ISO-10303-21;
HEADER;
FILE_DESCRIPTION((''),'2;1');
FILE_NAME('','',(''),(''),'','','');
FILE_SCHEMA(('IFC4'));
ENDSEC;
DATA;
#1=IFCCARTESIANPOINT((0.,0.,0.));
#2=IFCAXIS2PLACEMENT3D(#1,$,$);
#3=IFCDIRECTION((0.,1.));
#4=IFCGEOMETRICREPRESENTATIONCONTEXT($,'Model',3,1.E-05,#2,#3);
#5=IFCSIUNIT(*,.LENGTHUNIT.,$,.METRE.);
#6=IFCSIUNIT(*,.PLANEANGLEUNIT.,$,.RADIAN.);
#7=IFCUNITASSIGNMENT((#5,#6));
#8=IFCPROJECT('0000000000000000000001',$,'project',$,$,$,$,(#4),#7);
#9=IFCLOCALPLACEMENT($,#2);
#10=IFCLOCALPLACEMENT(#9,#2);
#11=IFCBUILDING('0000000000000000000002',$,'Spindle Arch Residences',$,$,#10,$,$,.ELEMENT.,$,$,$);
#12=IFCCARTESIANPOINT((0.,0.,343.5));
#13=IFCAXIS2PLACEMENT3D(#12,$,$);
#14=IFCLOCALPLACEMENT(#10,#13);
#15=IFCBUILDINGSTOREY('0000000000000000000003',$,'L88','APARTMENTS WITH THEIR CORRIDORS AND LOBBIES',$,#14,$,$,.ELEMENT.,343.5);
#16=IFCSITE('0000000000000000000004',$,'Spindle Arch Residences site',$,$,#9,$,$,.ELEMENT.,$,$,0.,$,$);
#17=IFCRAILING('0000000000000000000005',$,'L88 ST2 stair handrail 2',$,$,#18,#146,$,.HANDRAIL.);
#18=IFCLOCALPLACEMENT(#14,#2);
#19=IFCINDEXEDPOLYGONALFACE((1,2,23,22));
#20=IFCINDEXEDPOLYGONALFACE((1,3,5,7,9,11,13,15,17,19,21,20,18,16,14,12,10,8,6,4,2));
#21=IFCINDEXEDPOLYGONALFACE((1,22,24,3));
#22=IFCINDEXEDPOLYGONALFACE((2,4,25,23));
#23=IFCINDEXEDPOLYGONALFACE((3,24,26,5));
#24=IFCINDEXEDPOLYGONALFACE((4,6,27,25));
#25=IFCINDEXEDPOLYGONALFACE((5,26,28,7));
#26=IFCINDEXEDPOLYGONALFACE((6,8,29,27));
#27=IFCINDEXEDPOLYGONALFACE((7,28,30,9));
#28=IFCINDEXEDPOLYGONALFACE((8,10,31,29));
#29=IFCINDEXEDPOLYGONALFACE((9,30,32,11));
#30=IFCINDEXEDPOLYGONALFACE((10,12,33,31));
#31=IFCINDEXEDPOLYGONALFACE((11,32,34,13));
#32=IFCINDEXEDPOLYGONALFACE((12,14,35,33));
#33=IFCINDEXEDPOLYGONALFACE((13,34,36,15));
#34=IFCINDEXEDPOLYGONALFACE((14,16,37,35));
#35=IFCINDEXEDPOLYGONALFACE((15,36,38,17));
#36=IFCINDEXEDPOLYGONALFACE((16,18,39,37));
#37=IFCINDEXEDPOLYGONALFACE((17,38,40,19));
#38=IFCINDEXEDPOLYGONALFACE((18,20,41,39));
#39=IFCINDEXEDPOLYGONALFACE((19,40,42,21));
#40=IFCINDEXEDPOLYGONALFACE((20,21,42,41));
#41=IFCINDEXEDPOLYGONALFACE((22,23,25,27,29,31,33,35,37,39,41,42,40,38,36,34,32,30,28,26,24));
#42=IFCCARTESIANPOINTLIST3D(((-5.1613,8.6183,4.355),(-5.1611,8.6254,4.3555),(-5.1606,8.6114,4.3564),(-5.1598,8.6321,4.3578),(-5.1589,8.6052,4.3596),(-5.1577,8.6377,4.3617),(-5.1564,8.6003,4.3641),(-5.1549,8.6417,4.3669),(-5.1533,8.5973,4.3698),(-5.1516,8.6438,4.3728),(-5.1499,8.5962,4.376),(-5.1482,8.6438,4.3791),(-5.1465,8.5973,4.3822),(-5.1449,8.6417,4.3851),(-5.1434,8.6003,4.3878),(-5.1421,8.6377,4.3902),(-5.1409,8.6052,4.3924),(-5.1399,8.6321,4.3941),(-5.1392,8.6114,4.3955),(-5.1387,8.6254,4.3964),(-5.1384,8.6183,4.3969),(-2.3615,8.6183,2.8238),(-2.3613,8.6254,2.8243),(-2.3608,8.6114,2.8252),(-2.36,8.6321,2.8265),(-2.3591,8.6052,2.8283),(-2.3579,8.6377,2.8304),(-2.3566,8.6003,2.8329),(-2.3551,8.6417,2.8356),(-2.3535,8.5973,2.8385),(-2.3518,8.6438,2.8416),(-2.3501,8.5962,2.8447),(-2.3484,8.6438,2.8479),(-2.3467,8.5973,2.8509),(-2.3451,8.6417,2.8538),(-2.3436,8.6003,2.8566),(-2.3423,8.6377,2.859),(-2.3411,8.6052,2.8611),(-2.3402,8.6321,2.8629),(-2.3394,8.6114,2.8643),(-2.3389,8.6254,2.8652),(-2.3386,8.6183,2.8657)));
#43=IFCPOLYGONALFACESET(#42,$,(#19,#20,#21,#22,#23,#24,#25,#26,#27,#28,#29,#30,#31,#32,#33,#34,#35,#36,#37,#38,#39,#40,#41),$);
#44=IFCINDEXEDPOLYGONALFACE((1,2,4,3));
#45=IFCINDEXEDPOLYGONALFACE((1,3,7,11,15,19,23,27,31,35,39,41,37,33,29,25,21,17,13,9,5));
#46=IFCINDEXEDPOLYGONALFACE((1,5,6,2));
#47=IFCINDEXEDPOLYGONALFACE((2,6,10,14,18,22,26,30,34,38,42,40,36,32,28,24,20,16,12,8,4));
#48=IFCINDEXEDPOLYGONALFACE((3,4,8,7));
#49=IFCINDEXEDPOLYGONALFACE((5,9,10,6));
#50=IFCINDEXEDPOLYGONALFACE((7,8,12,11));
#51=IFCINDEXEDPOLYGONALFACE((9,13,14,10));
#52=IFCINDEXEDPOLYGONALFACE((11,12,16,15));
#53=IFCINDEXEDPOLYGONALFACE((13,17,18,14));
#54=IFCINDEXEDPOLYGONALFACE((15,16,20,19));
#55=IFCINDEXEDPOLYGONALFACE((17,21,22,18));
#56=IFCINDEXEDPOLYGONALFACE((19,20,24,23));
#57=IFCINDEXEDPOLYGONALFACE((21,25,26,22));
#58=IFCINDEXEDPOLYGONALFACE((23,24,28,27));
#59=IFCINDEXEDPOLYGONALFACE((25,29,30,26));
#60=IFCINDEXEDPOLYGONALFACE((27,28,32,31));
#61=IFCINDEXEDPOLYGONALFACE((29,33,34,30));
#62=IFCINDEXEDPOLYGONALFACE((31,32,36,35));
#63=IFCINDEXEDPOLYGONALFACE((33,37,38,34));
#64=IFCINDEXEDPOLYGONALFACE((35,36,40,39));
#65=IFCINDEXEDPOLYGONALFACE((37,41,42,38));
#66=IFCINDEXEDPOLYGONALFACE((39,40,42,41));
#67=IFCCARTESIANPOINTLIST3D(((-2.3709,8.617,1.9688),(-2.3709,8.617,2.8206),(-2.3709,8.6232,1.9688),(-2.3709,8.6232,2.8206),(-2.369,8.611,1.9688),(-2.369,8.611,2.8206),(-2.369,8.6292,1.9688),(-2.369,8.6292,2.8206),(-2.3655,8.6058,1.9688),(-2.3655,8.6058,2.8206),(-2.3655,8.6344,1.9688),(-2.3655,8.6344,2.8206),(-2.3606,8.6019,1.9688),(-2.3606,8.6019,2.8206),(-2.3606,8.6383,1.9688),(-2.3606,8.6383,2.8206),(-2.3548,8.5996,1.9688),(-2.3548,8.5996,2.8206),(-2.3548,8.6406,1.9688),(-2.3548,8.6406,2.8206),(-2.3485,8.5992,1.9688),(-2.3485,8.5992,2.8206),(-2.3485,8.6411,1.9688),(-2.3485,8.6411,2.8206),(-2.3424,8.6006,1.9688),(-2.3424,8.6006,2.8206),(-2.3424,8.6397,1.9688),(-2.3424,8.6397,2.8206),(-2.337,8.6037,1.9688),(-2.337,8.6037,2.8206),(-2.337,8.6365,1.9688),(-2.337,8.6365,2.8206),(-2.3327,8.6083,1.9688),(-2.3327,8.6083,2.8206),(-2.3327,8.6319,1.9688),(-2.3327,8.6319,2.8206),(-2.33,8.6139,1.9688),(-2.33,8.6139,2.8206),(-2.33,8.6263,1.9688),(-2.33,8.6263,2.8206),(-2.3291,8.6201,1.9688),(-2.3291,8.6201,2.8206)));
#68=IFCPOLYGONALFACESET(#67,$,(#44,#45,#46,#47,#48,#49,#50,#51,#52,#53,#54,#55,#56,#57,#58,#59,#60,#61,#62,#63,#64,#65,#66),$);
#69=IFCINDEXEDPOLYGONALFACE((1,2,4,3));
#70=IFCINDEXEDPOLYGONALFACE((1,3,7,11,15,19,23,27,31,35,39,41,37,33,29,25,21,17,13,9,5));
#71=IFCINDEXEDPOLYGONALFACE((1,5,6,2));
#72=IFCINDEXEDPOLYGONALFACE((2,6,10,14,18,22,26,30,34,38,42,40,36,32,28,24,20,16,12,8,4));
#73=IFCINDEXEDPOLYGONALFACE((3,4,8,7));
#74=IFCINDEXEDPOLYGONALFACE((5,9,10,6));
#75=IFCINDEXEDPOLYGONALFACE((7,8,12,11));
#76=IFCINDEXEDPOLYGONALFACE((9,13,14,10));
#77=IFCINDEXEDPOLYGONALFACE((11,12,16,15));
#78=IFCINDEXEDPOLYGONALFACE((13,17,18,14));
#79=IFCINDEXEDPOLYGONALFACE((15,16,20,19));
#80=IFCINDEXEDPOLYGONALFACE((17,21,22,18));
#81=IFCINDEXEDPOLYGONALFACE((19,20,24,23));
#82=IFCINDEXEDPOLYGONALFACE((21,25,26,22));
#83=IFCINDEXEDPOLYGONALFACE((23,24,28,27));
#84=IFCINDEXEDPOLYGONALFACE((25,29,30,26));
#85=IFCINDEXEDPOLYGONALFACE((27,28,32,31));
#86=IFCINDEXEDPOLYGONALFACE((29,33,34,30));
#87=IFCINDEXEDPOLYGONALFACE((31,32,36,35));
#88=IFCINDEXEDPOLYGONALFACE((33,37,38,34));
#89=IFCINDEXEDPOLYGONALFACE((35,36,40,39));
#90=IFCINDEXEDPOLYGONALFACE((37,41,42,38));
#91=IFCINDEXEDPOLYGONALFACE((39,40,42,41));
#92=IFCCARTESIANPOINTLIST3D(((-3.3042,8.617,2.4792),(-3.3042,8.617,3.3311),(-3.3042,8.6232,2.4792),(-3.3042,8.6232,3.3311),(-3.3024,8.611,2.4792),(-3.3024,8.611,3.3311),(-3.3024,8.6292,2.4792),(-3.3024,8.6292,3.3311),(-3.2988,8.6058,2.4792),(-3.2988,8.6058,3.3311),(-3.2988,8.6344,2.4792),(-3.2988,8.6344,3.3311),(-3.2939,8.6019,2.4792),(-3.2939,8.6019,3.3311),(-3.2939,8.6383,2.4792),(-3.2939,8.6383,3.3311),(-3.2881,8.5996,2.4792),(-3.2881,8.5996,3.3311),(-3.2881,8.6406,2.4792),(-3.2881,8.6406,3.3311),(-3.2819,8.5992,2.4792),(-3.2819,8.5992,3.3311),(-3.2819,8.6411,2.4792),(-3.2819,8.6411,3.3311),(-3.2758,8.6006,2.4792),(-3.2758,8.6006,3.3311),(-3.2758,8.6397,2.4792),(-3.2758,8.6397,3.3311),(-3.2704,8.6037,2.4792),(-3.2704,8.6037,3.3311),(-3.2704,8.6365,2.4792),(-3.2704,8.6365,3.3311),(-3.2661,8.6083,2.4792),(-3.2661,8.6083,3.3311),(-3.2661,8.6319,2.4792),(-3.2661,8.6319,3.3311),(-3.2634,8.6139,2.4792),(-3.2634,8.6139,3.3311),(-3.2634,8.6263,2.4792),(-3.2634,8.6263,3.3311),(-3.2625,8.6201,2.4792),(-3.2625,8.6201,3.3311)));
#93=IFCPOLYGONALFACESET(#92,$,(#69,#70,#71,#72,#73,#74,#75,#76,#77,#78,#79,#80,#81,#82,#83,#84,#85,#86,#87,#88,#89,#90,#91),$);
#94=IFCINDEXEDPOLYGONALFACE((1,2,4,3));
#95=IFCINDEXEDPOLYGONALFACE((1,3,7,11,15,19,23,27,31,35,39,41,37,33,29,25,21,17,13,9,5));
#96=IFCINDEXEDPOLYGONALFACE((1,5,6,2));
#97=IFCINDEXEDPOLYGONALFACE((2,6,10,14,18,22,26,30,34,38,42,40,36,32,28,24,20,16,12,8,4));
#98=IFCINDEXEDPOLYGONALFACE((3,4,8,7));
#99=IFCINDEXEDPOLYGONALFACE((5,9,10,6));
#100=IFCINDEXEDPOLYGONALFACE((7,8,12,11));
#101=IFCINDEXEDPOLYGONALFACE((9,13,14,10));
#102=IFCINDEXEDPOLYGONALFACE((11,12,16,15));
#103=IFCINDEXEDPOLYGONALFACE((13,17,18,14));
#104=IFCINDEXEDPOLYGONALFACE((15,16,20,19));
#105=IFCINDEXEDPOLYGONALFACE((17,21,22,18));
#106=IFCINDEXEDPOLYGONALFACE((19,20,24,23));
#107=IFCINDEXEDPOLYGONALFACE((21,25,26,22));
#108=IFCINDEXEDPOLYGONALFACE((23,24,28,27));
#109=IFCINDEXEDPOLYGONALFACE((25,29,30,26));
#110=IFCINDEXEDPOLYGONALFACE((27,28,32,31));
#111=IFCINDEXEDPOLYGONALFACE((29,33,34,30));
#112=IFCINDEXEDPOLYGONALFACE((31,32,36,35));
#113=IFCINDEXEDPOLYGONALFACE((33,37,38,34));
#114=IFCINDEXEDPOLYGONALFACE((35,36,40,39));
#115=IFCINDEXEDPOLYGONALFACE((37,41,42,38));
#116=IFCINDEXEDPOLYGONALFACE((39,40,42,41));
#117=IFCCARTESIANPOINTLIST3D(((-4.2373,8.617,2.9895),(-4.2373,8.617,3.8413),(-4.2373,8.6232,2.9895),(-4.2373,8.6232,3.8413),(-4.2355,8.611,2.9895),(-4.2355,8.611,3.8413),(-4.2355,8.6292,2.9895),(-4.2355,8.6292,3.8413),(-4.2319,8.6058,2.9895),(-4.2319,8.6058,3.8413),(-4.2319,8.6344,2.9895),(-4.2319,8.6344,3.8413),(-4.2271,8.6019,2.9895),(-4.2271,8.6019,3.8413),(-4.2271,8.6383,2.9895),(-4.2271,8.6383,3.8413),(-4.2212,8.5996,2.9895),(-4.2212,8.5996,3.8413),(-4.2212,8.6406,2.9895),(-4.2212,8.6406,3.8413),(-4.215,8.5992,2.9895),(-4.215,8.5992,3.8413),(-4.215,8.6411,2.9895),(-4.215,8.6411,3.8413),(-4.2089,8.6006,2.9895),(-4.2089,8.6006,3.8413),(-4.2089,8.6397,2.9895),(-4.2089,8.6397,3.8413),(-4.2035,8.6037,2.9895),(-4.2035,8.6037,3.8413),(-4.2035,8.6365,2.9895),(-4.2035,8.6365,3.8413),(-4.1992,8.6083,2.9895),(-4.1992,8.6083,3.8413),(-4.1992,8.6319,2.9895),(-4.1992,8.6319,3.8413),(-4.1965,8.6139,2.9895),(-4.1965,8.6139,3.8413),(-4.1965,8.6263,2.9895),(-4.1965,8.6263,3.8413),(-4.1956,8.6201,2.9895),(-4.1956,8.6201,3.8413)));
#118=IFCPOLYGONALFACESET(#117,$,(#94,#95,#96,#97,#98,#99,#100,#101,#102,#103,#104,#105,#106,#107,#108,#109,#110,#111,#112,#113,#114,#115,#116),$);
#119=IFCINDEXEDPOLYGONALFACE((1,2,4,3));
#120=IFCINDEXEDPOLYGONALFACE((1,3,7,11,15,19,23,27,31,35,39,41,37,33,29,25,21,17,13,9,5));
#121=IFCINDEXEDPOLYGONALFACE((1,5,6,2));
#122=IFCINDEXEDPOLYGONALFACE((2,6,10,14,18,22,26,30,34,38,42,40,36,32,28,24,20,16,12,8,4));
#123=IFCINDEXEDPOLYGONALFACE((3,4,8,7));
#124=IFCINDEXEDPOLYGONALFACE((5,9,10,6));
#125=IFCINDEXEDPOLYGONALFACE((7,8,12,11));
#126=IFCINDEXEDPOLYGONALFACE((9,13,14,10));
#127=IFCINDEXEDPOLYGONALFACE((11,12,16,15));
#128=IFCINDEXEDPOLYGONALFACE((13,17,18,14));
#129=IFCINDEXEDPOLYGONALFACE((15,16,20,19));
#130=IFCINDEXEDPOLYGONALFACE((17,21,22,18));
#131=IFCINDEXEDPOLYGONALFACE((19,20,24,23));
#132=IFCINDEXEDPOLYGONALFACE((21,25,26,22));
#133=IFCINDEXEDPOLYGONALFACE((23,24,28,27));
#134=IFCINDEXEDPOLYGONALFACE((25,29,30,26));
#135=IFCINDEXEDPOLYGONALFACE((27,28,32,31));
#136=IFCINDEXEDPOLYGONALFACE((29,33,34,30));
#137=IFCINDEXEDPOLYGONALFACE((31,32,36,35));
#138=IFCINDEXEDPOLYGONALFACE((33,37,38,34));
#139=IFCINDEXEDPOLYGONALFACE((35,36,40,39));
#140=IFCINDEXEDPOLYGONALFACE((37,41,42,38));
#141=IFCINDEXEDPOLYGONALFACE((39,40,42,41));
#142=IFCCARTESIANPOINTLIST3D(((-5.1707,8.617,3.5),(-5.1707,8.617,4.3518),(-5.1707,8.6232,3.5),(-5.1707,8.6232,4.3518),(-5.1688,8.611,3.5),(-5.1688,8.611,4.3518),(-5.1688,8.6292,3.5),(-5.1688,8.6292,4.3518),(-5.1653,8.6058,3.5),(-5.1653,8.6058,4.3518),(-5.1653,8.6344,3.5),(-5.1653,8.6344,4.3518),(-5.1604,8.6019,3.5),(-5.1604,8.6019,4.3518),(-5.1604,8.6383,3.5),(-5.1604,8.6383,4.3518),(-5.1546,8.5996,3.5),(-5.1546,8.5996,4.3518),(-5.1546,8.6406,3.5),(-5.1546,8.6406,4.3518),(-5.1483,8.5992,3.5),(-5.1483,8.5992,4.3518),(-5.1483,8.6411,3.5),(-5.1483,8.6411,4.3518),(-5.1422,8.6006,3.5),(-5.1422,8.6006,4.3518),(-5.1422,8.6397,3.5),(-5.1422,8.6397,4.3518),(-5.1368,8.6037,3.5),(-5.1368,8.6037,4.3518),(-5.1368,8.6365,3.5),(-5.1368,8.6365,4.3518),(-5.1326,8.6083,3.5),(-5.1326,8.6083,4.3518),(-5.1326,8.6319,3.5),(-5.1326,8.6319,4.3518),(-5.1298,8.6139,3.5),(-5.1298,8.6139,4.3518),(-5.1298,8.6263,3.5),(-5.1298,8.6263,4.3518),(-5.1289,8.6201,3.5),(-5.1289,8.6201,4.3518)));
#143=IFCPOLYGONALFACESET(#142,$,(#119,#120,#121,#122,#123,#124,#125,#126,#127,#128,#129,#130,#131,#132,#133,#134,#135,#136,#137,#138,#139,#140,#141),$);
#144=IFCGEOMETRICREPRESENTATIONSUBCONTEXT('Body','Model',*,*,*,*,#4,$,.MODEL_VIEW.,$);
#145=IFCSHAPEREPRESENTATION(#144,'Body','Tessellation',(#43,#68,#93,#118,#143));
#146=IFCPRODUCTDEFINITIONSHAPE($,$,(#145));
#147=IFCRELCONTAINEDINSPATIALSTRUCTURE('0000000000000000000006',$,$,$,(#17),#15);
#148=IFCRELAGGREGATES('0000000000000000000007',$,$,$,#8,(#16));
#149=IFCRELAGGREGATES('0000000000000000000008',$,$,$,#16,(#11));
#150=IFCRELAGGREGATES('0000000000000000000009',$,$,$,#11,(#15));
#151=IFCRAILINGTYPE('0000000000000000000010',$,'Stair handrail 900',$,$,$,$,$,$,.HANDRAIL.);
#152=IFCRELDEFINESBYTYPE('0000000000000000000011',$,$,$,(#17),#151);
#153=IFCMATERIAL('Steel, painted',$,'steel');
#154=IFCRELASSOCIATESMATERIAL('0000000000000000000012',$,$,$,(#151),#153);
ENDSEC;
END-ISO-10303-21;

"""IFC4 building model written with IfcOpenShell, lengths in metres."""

from ifc_helpers import new_model, si_unit, direction, frame, origin, origin_2d, place, context, subcontext, project, spatial, circle, extrude, material, type_object, element, save


model = new_model("IFC4")

# Units and contexts
model_context = context("Model", 3, precision=1e-05, world=origin(), true_north=direction((0.0, 1.0)))
body_context = subcontext(model_context, "Body", "Model", "MODEL_VIEW")
ifc_project = project(units=[si_unit("LENGTHUNIT", "METRE"), si_unit("PLANEANGLEUNIT", "RADIAN")], contexts=[model_context])

# Site, building, storey
site_placement = place(None, origin())
site = spatial("IfcSite", under=ifc_project, at=site_placement, Name="Spindle Arch Residences site", CompositionType="ELEMENT", RefElevation=0.0)
building_placement = place(site_placement, origin())
building = spatial("IfcBuilding", under=site, at=building_placement, Name="Spindle Arch Residences", CompositionType="ELEMENT")
storey_placement = place(building_placement, frame((0.0, 0.0, 343.5)))
storey = spatial("IfcBuildingStorey", under=building, at=storey_placement, Name="L88", Description="APARTMENTS WITH THEIR CORRIDORS AND LOBBIES", CompositionType="ELEMENT", Elevation=343.5)

# Railing
ifc_material_1 = material(Name="Steel, painted", Category="steel")
railing_type_1 = type_object("IfcRailingType", Name="Stair handrail 900", PredefinedType="HANDRAIL", material=ifc_material_1)
railing_1_placement = place(storey_placement, frame((-2.3501, 8.6201, 1.9688)))
element("IfcRailing", 1, at=railing_1_placement, inside=storey, type_object=railing_type_1, Name="L88 ST2 stair handrail 2", PredefinedType="HANDRAIL", context=body_context, shape_type="SweptSolid", body=[
    extrude(circle(Radius=0.0239, at=origin_2d()), frame((0.0, 0.0, 0.876), z_axis=(-0.877357, 0.0, 0.479838), x_axis=(0.0, -1.0, 0.0)), (0.0, 0.0, 1.0), 3.1912),
    extrude(circle(Radius=0.021, at=origin_2d()), origin(), (0.0, 0.0, 1.0), 0.8518),
    extrude(circle(Radius=0.021, at=origin_2d()), frame((-0.9333, 0.0, 0.5105)), (0.0, 0.0, 1.0), 0.8518),
    extrude(circle(Radius=0.021, at=origin_2d()), frame((-1.8665, 0.0, 1.0208)), (0.0, 0.0, 1.0), 0.8518),
    extrude(circle(Radius=0.021, at=origin_2d()), frame((-2.7998, 0.0, 1.5312)), (0.0, 0.0, 1.0), 0.8518),
])

save(model, "model.ifc")
